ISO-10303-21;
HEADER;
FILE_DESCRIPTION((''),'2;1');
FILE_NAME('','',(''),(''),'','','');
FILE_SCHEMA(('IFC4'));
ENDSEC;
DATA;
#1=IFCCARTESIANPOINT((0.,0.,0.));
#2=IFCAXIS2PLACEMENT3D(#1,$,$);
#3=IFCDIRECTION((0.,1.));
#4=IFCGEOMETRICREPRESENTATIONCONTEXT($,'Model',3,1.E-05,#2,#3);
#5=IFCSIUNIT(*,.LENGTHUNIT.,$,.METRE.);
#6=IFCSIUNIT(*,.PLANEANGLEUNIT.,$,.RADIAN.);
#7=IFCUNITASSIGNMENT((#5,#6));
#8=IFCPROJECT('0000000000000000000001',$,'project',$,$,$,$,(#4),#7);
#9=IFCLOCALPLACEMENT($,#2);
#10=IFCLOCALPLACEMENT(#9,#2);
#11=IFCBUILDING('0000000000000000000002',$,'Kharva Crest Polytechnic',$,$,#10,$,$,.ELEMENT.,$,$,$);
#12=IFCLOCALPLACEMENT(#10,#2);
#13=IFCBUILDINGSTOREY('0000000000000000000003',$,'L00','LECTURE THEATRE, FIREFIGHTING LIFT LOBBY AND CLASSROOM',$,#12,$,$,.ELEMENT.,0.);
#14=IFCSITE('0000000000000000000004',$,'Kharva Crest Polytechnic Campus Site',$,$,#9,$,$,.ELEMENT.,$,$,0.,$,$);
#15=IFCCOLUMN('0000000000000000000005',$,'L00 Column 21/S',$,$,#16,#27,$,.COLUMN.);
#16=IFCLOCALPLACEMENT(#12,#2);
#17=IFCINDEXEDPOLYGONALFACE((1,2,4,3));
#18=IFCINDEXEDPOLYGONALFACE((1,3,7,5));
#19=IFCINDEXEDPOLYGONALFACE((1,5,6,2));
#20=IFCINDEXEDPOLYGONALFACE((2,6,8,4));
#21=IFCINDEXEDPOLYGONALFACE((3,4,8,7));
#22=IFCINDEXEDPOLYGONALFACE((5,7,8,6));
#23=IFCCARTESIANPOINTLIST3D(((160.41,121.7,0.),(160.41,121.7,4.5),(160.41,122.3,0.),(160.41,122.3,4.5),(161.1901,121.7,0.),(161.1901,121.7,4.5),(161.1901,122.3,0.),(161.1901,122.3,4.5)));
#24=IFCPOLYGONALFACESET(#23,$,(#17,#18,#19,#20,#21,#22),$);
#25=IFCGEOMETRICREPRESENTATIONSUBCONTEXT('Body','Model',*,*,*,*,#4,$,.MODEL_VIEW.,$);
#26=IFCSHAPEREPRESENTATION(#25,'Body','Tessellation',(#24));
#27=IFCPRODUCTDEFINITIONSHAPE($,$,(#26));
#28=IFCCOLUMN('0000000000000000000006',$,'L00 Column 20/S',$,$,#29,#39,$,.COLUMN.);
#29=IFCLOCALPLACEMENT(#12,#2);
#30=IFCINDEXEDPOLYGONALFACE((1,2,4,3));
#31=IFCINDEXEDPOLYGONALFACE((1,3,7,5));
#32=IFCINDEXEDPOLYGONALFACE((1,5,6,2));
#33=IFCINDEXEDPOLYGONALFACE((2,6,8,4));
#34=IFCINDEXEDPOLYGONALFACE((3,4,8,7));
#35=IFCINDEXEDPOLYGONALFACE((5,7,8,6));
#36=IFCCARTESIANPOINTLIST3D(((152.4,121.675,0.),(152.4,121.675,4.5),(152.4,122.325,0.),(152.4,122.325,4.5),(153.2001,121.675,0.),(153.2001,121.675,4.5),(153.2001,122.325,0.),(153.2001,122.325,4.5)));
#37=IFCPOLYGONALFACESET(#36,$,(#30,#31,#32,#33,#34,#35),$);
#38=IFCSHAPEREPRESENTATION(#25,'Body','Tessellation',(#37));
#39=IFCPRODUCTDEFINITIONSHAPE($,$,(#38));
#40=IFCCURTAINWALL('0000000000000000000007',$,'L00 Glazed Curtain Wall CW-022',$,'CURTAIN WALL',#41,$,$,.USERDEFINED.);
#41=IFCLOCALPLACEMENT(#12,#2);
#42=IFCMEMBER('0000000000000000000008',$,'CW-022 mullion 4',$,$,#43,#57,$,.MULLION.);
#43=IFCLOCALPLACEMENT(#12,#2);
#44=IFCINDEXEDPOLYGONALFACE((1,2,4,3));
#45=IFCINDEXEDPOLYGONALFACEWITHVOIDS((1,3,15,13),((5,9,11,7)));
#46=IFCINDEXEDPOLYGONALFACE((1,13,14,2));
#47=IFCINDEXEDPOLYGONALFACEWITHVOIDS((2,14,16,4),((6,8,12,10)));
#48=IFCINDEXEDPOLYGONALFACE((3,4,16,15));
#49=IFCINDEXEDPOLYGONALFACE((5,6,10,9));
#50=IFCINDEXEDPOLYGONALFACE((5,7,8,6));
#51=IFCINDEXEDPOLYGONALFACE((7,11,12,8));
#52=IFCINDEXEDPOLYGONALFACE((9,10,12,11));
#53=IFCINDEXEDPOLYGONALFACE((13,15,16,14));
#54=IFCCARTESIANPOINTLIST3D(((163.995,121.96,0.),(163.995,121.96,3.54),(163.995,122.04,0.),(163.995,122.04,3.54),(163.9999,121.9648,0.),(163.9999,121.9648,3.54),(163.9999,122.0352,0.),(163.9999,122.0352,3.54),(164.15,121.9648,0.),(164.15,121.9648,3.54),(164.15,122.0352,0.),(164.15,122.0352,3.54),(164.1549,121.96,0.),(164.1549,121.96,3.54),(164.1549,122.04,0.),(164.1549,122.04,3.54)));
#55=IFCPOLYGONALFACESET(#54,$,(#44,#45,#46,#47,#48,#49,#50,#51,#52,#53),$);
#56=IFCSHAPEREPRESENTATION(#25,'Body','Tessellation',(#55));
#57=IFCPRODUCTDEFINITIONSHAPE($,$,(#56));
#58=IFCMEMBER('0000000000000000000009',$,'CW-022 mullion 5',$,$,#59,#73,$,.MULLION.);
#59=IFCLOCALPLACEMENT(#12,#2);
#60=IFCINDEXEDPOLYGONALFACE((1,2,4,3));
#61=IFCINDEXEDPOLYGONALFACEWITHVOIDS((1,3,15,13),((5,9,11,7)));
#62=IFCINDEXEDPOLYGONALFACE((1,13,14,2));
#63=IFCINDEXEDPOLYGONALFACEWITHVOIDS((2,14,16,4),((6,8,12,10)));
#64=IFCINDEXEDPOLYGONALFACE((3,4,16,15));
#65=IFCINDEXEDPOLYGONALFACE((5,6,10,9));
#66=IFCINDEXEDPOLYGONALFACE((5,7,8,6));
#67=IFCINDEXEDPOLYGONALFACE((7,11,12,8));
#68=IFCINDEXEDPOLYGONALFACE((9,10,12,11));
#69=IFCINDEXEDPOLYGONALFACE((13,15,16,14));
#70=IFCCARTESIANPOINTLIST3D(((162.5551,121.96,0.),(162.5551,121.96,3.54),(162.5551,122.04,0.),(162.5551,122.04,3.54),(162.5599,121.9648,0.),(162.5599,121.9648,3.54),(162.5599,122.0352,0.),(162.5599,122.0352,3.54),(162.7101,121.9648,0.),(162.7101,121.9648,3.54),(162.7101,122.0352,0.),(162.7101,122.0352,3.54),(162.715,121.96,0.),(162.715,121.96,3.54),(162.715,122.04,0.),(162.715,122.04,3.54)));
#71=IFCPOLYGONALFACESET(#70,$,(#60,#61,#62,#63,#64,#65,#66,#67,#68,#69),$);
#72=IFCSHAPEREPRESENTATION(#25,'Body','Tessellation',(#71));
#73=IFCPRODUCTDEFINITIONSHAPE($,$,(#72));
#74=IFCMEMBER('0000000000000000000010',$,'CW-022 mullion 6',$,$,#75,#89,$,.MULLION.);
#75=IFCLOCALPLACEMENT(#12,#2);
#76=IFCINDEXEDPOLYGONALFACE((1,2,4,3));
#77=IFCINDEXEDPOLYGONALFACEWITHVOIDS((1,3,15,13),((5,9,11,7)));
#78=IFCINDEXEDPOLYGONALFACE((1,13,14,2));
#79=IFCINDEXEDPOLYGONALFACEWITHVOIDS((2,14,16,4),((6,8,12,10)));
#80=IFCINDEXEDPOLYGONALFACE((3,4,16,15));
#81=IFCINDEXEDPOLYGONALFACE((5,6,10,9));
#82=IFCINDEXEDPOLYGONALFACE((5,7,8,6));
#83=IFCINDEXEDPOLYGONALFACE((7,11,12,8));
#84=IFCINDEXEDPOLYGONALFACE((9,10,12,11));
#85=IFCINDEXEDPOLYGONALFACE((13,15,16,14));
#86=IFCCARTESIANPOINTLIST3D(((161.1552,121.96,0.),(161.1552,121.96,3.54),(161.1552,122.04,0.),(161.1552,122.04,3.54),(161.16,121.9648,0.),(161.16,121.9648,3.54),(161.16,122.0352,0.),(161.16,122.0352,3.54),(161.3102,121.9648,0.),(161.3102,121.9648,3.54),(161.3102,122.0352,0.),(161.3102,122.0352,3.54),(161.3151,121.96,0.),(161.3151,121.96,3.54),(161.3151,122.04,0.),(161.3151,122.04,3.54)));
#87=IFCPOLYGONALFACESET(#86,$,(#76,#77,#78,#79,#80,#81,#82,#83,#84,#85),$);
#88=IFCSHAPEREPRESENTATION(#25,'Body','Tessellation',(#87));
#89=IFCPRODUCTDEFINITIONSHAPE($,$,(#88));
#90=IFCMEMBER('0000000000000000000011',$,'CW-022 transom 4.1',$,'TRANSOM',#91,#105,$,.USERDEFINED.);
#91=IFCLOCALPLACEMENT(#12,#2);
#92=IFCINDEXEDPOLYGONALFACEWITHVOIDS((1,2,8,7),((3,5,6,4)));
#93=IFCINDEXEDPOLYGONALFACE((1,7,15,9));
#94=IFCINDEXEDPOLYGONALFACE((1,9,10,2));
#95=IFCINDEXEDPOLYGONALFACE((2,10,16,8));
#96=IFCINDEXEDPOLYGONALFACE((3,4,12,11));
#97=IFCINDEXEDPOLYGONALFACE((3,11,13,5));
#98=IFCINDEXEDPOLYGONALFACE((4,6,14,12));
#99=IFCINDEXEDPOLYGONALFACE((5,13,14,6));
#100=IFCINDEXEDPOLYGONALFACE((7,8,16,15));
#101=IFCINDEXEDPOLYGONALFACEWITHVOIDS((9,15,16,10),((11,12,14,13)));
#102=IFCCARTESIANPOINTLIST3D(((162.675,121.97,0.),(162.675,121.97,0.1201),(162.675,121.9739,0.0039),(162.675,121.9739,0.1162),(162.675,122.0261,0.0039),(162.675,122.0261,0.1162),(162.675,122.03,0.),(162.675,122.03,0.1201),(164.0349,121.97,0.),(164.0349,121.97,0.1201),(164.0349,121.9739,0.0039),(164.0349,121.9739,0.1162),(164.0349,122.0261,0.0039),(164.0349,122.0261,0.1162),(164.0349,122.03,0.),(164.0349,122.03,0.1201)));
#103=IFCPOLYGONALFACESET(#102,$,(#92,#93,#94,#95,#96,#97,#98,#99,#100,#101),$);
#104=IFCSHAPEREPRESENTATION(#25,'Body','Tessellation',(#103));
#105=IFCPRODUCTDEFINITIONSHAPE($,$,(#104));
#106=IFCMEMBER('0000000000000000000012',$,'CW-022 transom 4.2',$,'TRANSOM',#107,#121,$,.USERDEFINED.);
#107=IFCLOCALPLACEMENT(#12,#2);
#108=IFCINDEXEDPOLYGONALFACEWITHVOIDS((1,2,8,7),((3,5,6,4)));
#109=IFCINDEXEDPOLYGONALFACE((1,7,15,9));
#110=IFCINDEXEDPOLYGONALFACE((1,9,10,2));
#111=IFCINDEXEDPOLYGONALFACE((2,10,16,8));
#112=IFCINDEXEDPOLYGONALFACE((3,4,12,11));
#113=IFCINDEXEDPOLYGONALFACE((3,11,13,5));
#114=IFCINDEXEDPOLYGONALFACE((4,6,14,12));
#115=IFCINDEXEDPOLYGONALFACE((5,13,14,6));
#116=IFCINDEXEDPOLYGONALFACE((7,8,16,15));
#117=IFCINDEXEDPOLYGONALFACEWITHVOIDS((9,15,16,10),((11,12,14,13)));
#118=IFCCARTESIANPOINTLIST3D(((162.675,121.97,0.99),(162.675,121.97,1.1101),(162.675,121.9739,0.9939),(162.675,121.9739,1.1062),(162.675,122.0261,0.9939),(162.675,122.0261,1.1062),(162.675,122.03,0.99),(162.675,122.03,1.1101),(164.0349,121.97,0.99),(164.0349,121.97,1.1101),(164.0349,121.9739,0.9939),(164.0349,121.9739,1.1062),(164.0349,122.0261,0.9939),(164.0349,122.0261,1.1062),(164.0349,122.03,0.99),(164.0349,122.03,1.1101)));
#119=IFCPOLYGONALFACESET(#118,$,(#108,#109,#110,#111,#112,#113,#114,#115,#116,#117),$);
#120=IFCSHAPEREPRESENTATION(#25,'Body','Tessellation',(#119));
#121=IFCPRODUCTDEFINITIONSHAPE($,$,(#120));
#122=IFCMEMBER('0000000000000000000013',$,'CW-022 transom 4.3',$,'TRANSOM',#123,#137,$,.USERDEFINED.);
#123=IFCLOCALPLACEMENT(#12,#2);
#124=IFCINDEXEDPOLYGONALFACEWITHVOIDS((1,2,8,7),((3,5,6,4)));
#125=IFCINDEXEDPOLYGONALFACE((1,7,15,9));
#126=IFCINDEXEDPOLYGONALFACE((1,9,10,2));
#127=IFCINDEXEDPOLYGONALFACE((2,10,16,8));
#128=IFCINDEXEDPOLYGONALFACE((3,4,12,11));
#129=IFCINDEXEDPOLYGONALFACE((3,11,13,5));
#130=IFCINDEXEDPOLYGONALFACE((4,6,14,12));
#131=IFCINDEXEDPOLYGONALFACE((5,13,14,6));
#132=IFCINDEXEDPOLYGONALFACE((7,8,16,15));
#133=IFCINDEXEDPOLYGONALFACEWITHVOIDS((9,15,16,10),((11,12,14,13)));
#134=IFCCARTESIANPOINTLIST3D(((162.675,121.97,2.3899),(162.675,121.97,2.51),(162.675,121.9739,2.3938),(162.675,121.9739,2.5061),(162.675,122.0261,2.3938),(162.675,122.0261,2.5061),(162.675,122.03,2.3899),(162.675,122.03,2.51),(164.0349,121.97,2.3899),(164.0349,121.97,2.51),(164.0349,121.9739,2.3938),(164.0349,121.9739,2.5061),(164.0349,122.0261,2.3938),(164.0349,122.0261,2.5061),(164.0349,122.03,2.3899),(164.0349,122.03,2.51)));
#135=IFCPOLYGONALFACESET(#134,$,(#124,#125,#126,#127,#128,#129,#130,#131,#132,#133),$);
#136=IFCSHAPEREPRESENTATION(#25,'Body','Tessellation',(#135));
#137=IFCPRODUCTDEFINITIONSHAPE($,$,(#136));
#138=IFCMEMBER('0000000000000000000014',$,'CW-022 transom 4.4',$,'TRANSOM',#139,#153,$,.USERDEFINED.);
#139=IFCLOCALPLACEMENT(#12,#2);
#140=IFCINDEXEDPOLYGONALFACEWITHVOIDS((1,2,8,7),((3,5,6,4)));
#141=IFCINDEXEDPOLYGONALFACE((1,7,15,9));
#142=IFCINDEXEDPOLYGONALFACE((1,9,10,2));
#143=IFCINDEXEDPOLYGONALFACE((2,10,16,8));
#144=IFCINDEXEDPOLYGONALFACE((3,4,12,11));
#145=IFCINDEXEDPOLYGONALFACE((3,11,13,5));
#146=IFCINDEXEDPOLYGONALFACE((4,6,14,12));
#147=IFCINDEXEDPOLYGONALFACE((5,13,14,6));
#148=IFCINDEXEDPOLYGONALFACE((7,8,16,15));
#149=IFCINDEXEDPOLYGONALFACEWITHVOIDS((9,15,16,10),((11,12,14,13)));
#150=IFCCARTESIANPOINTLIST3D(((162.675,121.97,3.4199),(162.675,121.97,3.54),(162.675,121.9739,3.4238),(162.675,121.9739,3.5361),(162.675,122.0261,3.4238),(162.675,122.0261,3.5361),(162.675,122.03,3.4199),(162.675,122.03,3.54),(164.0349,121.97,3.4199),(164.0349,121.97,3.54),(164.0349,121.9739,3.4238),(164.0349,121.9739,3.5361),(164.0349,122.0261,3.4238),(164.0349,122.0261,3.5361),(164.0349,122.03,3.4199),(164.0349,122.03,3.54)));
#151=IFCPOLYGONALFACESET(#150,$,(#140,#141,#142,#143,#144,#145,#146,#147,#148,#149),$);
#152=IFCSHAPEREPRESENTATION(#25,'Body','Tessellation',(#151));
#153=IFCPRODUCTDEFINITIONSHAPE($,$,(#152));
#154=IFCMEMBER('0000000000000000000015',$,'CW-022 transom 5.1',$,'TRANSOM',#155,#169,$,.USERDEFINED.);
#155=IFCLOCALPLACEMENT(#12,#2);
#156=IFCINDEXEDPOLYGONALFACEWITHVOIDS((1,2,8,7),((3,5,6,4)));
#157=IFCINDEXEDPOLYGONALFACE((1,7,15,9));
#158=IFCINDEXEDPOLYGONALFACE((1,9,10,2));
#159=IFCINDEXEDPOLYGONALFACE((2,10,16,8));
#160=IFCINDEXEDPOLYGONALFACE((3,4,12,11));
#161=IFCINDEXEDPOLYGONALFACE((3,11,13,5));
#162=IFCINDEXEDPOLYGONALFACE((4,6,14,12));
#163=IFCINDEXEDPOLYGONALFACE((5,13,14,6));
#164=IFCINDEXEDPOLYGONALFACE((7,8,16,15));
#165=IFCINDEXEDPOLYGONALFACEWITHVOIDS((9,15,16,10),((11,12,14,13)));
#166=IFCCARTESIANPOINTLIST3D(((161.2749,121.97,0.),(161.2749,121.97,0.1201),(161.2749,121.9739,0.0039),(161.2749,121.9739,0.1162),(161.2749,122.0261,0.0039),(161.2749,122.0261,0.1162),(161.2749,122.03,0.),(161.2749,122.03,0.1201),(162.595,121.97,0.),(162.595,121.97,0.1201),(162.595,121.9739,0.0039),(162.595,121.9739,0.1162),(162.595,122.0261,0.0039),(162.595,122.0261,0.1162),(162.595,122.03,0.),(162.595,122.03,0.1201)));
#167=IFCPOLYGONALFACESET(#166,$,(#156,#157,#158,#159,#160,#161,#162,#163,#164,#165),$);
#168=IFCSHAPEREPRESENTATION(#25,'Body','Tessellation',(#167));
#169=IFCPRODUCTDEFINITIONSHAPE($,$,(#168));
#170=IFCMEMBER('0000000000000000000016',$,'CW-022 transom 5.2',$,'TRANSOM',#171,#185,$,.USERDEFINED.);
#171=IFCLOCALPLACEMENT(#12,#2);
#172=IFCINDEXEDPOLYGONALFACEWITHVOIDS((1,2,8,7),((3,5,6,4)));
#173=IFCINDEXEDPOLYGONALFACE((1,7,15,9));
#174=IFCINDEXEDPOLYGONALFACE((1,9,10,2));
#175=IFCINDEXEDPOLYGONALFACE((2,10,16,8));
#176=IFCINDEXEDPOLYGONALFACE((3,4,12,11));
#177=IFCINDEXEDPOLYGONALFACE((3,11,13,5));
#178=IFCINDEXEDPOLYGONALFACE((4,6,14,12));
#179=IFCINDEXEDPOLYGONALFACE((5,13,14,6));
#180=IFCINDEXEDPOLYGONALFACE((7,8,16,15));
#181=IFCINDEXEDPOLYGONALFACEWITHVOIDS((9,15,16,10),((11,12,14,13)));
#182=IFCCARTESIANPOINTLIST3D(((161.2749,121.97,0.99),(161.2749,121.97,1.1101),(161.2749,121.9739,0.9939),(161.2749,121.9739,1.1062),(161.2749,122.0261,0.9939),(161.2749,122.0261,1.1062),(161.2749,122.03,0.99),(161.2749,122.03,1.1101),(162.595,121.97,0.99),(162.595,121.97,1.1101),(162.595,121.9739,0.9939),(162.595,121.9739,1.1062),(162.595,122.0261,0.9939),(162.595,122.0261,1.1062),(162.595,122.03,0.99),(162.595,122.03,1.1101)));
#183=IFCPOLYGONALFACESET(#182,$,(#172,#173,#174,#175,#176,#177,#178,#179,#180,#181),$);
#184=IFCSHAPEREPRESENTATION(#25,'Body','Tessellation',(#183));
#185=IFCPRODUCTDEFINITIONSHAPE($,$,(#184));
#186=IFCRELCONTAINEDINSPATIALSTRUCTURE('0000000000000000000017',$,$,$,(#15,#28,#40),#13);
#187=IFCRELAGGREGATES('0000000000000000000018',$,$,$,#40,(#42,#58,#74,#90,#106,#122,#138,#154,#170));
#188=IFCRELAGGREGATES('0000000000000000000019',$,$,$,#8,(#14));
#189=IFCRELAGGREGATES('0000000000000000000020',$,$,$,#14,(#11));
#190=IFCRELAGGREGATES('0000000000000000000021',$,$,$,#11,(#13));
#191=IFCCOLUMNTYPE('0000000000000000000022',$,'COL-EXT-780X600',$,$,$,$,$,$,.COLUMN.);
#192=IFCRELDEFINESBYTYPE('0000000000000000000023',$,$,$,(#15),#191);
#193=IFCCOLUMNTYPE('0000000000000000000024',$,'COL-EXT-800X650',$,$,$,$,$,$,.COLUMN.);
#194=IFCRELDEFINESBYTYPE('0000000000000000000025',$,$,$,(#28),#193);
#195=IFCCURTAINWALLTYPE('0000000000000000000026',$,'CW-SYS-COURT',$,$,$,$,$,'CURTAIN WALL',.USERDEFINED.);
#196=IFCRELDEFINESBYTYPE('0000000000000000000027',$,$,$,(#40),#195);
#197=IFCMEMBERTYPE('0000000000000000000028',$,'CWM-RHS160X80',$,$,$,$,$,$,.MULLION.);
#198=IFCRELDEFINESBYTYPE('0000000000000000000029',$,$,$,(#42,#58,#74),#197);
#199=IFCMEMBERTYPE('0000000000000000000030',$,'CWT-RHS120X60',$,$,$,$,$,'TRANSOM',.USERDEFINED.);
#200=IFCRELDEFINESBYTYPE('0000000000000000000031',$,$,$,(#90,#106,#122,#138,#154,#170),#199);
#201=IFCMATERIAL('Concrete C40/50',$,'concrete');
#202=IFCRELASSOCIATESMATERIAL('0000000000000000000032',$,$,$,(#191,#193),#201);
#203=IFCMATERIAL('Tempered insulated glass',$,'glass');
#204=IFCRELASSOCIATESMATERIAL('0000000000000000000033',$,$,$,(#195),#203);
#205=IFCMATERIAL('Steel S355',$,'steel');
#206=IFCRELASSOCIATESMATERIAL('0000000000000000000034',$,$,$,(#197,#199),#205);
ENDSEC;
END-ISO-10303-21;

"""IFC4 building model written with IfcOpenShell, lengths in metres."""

from ifc_helpers import new_model, si_unit, direction, frame, origin, origin_2d, place, context, subcontext, project, spatial, rectangle, hollow_rectangle, extrude, material, material_profile, profile_set, type_object, element, aggregate, save


model = new_model("IFC4")

# Units and contexts
model_context = context("Model", 3, precision=1e-05, world=origin(), true_north=direction((0.0, 1.0)))
body_context = subcontext(model_context, "Body", "Model", "MODEL_VIEW")
ifc_project = project(units=[si_unit("LENGTHUNIT", "METRE"), si_unit("PLANEANGLEUNIT", "RADIAN")], contexts=[model_context])

# Site, building, storey
site_placement = place(None, origin())
site = spatial("IfcSite", under=ifc_project, at=site_placement, Name="Kharva Crest Polytechnic Campus Site", CompositionType="ELEMENT", RefElevation=0.0)
building_placement = place(site_placement, origin())
building = spatial("IfcBuilding", under=site, at=building_placement, Name="Kharva Crest Polytechnic", CompositionType="ELEMENT")
storey_placement = place(building_placement, origin())
storey = spatial("IfcBuildingStorey", under=building, at=storey_placement, Name="L00", Description="LECTURE THEATRE, FIREFIGHTING LIFT LOBBY AND CLASSROOM", CompositionType="ELEMENT", Elevation=0.0)

# Columns
ifc_material_1 = material(Name="Concrete C40/50", Category="concrete")
ifc_material_profile_1 = material_profile(ifc_material_1, rectangle(XDim=0.78, YDim=0.6001, at=origin_2d()), Name="RECT 780 X 600")
ifc_profile_set_1 = profile_set([ifc_material_profile_1], Name="Concrete C40/50")
column_type_1 = type_object("IfcColumnType", Name="COL-EXT-780X600", PredefinedType="COLUMN", material=ifc_profile_set_1)
column_1_placement = place(storey_placement, frame((160.8, 122.0, 0.0), z_axis=(0.0, 0.0, 1.0), x_axis=(1.0, 0.0, 0.0)))
element("IfcColumn", 1, at=column_1_placement, inside=storey, type_object=column_type_1, Name="L00 Column 21/S", PredefinedType="COLUMN", context=body_context, shape_type="SweptSolid", body=[
    extrude(rectangle(XDim=0.78, YDim=0.6001, at=origin_2d()), origin(), (0.0, 0.0, 1.0), 4.5),
])
ifc_material_profile_2 = material_profile(ifc_material_1, rectangle(XDim=0.8, YDim=0.6499, at=origin_2d()), Name="RECT 800 X 650")
ifc_profile_set_2 = profile_set([ifc_material_profile_2], Name="Concrete C40/50")
column_type_2 = type_object("IfcColumnType", Name="COL-EXT-800X650", PredefinedType="COLUMN", material=ifc_profile_set_2)
column_2_placement = place(storey_placement, frame((152.8, 122.0, 0.0), z_axis=(0.0, 0.0, 1.0), x_axis=(1.0, 0.0, 0.0)))
element("IfcColumn", 2, at=column_2_placement, inside=storey, type_object=column_type_2, Name="L00 Column 20/S", PredefinedType="COLUMN", context=body_context, shape_type="SweptSolid", body=[
    extrude(rectangle(XDim=0.8, YDim=0.6499, at=origin_2d()), origin(), (0.0, 0.0, 1.0), 4.5),
])

# Curtain wall, members
ifc_material_2 = material(Name="Tempered insulated glass", Category="glass")
curtain_wall_type = type_object("IfcCurtainWallType", Name="CW-SYS-COURT", ElementType="CURTAIN WALL", PredefinedType="USERDEFINED", material=ifc_material_2)
curtain_wall_placement = place(storey_placement, origin())
curtain_wall = element("IfcCurtainWall", 3, at=curtain_wall_placement, inside=storey, type_object=curtain_wall_type, Name="L00 Glazed Curtain Wall CW-022", ObjectType="CURTAIN WALL", PredefinedType="USERDEFINED")
ifc_material_3 = material(Name="Steel S355", Category="steel")
ifc_material_profile_3 = material_profile(ifc_material_3, hollow_rectangle(XDim=0.0801, YDim=0.1599, WallThickness=0.0049, at=origin_2d()), Name="RHS 160X80X5.0")
ifc_profile_set_3 = profile_set([ifc_material_profile_3], Name="Steel S355")
member_type_1 = type_object("IfcMemberType", Name="CWM-RHS160X80", PredefinedType="MULLION", material=ifc_profile_set_3)
member_1_placement = place(storey_placement, frame((164.075, 122.0, 0.0), z_axis=(0.0, 0.0, 1.0), x_axis=(0.0, -1.0, 0.0)))
member_1 = element("IfcMember", 4, at=member_1_placement, type_object=member_type_1, Name="CW-022 mullion 4", PredefinedType="MULLION", context=body_context, shape_type="SweptSolid", body=[
    extrude(hollow_rectangle(XDim=0.0801, YDim=0.1599, WallThickness=0.0049, at=origin_2d()), origin(), (0.0, 0.0, 1.0), 3.54),
])
member_2_placement = place(storey_placement, frame((162.635, 122.0, 0.0), z_axis=(0.0, 0.0, 1.0), x_axis=(0.0, -1.0, 0.0)))
member_2 = element("IfcMember", 5, at=member_2_placement, type_object=member_type_1, Name="CW-022 mullion 5", PredefinedType="MULLION", context=body_context, shape_type="SweptSolid", body=[
    extrude(hollow_rectangle(XDim=0.0801, YDim=0.1599, WallThickness=0.0049, at=origin_2d()), origin(), (0.0, 0.0, 1.0), 3.54),
])
member_3_placement = place(storey_placement, frame((161.2351, 122.0, 0.0), z_axis=(0.0, 0.0, 1.0), x_axis=(0.0, -1.0, 0.0)))
member_3 = element("IfcMember", 6, at=member_3_placement, type_object=member_type_1, Name="CW-022 mullion 6", PredefinedType="MULLION", context=body_context, shape_type="SweptSolid", body=[
    extrude(hollow_rectangle(XDim=0.0801, YDim=0.1599, WallThickness=0.0049, at=origin_2d()), origin(), (0.0, 0.0, 1.0), 3.54),
])
ifc_material_profile_4 = material_profile(ifc_material_3, hollow_rectangle(XDim=0.0601, YDim=0.1201, WallThickness=0.0039, at=origin_2d()), Name="RHS 120X60X4.0")
ifc_profile_set_4 = profile_set([ifc_material_profile_4], Name="Steel S355")
member_type_2 = type_object("IfcMemberType", Name="CWT-RHS120X60", ElementType="TRANSOM", PredefinedType="USERDEFINED", material=ifc_profile_set_4)
member_4_placement = place(storey_placement, frame((164.0349, 122.0, 0.0601), z_axis=(-1.0, 0.0, 0.0), x_axis=(0.0, -1.0, 0.0)))
member_4 = element("IfcMember", 7, at=member_4_placement, type_object=member_type_2, Name="CW-022 transom 4.1", ObjectType="TRANSOM", PredefinedType="USERDEFINED", context=body_context, shape_type="SweptSolid", body=[
    extrude(hollow_rectangle(XDim=0.0601, YDim=0.1201, WallThickness=0.0039, at=origin_2d()), origin(), (0.0, 0.0, 1.0), 1.3599),
])
member_5_placement = place(storey_placement, frame((164.0349, 122.0, 1.05), z_axis=(-1.0, 0.0, 0.0), x_axis=(0.0, -1.0, 0.0)))
member_5 = element("IfcMember", 8, at=member_5_placement, type_object=member_type_2, Name="CW-022 transom 4.2", ObjectType="TRANSOM", PredefinedType="USERDEFINED", context=body_context, shape_type="SweptSolid", body=[
    extrude(hollow_rectangle(XDim=0.0601, YDim=0.1201, WallThickness=0.0039, at=origin_2d()), origin(), (0.0, 0.0, 1.0), 1.3599),
])
member_6_placement = place(storey_placement, frame((164.0349, 122.0, 2.45), z_axis=(-1.0, 0.0, 0.0), x_axis=(0.0, -1.0, 0.0)))
member_6 = element("IfcMember", 9, at=member_6_placement, type_object=member_type_2, Name="CW-022 transom 4.3", ObjectType="TRANSOM", PredefinedType="USERDEFINED", context=body_context, shape_type="SweptSolid", body=[
    extrude(hollow_rectangle(XDim=0.0601, YDim=0.1201, WallThickness=0.0039, at=origin_2d()), origin(), (0.0, 0.0, 1.0), 1.3599),
])
member_7_placement = place(storey_placement, frame((164.0349, 122.0, 3.48), z_axis=(-1.0, 0.0, 0.0), x_axis=(0.0, -1.0, 0.0)))
member_7 = element("IfcMember", 10, at=member_7_placement, type_object=member_type_2, Name="CW-022 transom 4.4", ObjectType="TRANSOM", PredefinedType="USERDEFINED", context=body_context, shape_type="SweptSolid", body=[
    extrude(hollow_rectangle(XDim=0.0601, YDim=0.1201, WallThickness=0.0039, at=origin_2d()), origin(), (0.0, 0.0, 1.0), 1.3599),
])
member_8_placement = place(storey_placement, frame((162.595, 122.0, 0.0601), z_axis=(-1.0, 0.0, 0.0), x_axis=(0.0, -1.0, 0.0)))
member_8 = element("IfcMember", 11, at=member_8_placement, type_object=member_type_2, Name="CW-022 transom 5.1", ObjectType="TRANSOM", PredefinedType="USERDEFINED", context=body_context, shape_type="SweptSolid", body=[
    extrude(hollow_rectangle(XDim=0.0601, YDim=0.1201, WallThickness=0.0039, at=origin_2d()), origin(), (0.0, 0.0, 1.0), 1.3201),
])
member_9_placement = place(storey_placement, frame((162.595, 122.0, 1.05), z_axis=(-1.0, 0.0, 0.0), x_axis=(0.0, -1.0, 0.0)))
member_9 = element("IfcMember", 12, at=member_9_placement, type_object=member_type_2, Name="CW-022 transom 5.2", ObjectType="TRANSOM", PredefinedType="USERDEFINED", context=body_context, shape_type="SweptSolid", body=[
    extrude(hollow_rectangle(XDim=0.0601, YDim=0.1201, WallThickness=0.0039, at=origin_2d()), origin(), (0.0, 0.0, 1.0), 1.3201),
])

aggregate(curtain_wall, [member_1, member_2, member_3, member_4, member_5, member_6, member_7, member_8, member_9])

save(model, "model.ifc")
